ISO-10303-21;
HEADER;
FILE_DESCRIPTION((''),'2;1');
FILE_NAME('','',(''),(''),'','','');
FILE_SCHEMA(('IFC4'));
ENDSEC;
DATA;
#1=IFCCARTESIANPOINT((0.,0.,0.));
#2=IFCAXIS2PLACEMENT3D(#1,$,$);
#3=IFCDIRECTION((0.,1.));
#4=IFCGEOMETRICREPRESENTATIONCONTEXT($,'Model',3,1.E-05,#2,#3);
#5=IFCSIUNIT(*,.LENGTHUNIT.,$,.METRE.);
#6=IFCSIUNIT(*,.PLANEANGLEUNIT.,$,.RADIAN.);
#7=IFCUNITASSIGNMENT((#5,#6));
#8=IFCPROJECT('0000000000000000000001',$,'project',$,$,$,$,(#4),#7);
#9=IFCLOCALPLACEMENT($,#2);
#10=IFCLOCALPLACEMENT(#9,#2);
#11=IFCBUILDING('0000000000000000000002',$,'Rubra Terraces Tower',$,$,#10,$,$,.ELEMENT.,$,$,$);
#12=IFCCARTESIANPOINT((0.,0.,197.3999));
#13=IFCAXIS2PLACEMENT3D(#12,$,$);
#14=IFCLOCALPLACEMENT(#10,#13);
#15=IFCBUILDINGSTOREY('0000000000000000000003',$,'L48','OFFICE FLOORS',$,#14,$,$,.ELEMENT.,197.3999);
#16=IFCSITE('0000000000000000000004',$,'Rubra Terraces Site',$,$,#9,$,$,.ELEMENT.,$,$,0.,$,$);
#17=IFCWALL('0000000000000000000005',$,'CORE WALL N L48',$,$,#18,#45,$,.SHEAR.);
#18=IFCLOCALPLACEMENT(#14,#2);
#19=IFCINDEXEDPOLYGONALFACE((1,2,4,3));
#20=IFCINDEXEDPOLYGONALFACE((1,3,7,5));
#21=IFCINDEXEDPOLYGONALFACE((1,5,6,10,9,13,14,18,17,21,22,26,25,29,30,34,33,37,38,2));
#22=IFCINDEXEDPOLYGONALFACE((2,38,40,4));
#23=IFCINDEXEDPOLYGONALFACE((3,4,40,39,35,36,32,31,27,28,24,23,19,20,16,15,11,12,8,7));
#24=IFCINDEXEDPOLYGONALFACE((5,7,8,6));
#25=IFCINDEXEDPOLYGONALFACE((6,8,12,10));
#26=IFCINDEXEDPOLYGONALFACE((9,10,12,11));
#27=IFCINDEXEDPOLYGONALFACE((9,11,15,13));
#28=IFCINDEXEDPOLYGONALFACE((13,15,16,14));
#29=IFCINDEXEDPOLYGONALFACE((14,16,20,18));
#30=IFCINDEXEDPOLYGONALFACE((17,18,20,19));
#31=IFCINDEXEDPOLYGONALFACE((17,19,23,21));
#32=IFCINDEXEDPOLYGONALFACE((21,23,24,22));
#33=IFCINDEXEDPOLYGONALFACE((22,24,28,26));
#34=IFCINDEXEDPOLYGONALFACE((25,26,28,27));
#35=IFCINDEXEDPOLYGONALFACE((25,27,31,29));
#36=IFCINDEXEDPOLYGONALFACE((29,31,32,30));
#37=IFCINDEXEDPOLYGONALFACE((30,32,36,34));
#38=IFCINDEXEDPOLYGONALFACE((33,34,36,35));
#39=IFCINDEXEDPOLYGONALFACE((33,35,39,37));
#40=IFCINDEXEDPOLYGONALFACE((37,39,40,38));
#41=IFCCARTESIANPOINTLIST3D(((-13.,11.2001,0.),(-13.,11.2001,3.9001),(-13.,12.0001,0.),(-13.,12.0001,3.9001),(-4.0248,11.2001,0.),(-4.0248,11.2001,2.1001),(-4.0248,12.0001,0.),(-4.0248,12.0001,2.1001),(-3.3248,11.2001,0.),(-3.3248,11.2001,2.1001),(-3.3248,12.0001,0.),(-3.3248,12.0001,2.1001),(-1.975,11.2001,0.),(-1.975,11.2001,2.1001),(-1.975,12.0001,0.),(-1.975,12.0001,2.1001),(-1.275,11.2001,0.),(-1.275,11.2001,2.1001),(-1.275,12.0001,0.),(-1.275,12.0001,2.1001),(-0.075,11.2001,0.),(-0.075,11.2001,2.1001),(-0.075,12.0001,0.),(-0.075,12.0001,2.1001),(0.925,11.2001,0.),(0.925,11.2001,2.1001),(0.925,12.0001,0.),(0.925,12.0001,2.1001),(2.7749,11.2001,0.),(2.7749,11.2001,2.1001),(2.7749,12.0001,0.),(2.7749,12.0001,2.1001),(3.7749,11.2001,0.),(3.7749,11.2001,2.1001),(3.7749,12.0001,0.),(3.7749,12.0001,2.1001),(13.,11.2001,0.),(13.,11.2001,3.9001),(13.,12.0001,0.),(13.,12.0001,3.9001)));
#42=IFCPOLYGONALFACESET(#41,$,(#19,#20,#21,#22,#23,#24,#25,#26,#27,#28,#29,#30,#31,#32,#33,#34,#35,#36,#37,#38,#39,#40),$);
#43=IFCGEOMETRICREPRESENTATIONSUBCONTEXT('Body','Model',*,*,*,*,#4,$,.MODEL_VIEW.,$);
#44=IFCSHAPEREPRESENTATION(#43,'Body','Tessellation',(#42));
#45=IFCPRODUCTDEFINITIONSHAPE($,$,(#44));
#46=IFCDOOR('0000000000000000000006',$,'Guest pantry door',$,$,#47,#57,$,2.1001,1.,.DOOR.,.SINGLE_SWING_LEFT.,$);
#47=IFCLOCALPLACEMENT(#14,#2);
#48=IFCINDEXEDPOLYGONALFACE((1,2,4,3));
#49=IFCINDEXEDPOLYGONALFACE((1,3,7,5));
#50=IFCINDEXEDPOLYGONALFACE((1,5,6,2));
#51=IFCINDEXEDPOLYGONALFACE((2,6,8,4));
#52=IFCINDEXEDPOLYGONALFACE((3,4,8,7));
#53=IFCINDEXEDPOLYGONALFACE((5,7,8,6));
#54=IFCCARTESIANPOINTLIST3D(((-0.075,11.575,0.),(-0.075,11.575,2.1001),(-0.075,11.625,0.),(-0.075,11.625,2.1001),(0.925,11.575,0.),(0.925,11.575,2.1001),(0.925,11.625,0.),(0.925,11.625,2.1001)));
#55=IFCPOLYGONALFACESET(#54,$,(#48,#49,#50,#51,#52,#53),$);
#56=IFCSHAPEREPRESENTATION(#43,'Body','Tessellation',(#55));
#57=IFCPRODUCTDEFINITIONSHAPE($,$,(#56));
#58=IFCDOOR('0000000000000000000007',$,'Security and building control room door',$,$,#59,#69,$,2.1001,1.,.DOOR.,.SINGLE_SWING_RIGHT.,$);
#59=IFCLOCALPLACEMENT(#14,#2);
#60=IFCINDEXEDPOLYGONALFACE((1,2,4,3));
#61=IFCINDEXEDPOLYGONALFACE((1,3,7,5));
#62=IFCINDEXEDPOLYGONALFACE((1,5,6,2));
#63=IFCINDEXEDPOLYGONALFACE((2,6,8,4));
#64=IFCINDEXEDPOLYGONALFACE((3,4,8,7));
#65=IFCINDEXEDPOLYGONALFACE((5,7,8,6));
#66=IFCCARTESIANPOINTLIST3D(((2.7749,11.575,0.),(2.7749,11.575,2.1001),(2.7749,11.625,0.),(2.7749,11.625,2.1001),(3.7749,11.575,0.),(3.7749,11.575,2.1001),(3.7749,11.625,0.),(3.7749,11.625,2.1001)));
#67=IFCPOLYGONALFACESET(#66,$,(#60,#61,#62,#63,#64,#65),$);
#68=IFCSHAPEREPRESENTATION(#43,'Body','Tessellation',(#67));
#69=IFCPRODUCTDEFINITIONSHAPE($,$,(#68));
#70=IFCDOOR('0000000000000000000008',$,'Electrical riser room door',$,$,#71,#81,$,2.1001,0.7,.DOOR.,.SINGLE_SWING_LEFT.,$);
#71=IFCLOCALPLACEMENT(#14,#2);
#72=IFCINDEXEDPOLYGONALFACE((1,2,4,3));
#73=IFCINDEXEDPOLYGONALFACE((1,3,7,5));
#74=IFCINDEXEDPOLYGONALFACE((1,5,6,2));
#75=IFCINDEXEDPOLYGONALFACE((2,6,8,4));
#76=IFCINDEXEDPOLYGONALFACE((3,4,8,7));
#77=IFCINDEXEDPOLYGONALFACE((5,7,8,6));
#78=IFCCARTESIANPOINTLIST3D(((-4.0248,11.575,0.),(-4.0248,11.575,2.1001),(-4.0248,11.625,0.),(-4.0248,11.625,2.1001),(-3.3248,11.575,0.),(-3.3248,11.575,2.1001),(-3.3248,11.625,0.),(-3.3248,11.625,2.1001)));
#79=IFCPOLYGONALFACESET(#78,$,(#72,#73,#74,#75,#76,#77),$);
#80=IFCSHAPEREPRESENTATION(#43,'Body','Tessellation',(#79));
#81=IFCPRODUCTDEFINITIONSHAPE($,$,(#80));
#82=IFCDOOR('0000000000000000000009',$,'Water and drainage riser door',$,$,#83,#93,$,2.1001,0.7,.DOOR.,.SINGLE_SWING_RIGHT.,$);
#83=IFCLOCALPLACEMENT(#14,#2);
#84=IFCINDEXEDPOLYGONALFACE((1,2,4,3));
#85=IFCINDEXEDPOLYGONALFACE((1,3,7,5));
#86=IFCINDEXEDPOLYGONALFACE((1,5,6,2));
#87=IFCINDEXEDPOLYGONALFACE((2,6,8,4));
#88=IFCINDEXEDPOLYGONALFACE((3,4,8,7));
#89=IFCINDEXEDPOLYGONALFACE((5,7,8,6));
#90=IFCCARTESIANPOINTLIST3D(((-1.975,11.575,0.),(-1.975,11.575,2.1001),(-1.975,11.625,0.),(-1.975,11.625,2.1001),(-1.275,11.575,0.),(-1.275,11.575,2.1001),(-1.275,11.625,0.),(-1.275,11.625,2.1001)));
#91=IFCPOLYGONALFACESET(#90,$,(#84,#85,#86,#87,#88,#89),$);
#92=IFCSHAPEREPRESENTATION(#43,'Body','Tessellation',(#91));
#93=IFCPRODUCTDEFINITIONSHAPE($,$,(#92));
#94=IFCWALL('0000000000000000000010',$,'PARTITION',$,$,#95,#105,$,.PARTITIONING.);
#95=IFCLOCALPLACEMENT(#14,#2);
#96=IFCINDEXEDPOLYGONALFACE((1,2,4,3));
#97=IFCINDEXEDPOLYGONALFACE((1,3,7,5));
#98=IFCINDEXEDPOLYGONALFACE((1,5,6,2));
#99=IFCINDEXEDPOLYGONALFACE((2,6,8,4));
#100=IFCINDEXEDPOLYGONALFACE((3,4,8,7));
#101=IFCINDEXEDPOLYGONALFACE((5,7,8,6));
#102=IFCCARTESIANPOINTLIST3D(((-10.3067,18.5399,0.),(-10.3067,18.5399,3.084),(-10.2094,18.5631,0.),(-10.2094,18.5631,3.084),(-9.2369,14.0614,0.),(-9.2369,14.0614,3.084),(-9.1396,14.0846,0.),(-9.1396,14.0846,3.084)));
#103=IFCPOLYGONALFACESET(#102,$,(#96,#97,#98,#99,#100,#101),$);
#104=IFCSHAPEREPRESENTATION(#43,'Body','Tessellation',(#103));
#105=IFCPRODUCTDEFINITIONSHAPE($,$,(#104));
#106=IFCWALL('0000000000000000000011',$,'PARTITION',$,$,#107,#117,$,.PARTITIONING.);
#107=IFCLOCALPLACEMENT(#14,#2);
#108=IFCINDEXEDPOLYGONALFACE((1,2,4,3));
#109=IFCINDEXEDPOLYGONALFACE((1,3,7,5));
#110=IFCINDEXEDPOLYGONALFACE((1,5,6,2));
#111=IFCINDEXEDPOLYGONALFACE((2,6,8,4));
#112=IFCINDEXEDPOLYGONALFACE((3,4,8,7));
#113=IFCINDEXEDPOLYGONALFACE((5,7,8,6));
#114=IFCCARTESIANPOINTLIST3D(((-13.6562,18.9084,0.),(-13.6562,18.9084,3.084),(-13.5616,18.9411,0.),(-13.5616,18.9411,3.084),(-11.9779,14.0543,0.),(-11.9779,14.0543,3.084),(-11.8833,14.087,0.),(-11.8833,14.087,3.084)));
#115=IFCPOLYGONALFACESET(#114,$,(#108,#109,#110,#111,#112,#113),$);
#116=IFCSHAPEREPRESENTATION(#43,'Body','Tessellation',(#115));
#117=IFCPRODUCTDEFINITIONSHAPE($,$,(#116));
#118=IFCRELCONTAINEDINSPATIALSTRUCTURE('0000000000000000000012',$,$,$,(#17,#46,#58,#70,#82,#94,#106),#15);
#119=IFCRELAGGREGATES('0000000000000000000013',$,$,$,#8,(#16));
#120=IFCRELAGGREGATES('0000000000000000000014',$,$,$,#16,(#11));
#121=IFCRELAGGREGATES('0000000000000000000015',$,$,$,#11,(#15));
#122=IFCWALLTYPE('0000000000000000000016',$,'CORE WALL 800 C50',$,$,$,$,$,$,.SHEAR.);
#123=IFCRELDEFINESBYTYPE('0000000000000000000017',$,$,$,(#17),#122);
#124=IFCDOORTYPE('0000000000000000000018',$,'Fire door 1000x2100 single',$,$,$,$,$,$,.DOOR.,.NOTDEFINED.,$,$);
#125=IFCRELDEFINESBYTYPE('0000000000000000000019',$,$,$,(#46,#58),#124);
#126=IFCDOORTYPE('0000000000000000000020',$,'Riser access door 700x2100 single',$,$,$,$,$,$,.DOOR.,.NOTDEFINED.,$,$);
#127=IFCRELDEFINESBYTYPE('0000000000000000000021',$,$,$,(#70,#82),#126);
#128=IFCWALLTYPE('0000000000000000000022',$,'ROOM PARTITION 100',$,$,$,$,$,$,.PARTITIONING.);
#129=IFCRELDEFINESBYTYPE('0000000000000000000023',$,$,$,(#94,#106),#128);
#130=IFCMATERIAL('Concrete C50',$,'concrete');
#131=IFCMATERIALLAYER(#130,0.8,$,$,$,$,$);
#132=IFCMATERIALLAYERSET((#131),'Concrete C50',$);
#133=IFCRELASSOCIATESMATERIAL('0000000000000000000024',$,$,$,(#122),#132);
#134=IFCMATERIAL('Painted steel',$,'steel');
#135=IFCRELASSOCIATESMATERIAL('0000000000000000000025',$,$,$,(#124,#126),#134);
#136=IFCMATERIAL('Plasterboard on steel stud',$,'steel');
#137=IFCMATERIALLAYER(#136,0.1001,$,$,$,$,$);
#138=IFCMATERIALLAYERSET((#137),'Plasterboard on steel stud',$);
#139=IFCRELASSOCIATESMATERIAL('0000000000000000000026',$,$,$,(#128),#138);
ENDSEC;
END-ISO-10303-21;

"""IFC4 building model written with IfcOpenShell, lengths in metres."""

from ifc_helpers import new_model, si_unit, direction, frame, frame_2d, origin, place, context, subcontext, project, spatial, rectangle, extrude, material, layer, layer_set, type_object, element, fill, save


model = new_model("IFC4")

# Units and contexts
model_context = context("Model", 3, precision=1e-05, world=origin(), true_north=direction((0.0, 1.0)))
body_context = subcontext(model_context, "Body", "Model", "MODEL_VIEW")
ifc_project = project(units=[si_unit("LENGTHUNIT", "METRE"), si_unit("PLANEANGLEUNIT", "RADIAN")], contexts=[model_context])

# Site, building, storey
site_placement = place(None, origin())
site = spatial("IfcSite", under=ifc_project, at=site_placement, Name="Rubra Terraces Site", CompositionType="ELEMENT", RefElevation=0.0)
building_placement = place(site_placement, origin())
building = spatial("IfcBuilding", under=site, at=building_placement, Name="Rubra Terraces Tower", CompositionType="ELEMENT")
storey_placement = place(building_placement, frame((0.0, 0.0, 197.3999)))
storey = spatial("IfcBuildingStorey", under=building, at=storey_placement, Name="L48", Description="OFFICE FLOORS", CompositionType="ELEMENT", Elevation=197.3999)

# Shared definitions
ifc_material_1 = material(Name="Concrete C50", Category="concrete")

# Wall, openings, doors
ifc_layer_1 = layer(ifc_material_1, 0.8)
ifc_layer_set_1 = layer_set([ifc_layer_1], Name="Concrete C50")
wall_type_1 = type_object("IfcWallType", Name="CORE WALL 800 C50", PredefinedType="SHEAR", material=ifc_layer_set_1)
wall_1_placement = place(storey_placement, frame((-13.0, 11.6001, 0.0), z_axis=(0.0, 0.0, 1.0), x_axis=(1.0, 0.0, 0.0)))
wall_1 = element("IfcWall", 1, at=wall_1_placement, inside=storey, type_object=wall_type_1, Name="CORE WALL N L48", PredefinedType="SHEAR", context=body_context, shape_type="SweptSolid", body=[
    extrude(rectangle(XDim=26.0, YDim=0.8, at=frame_2d((13.0, 0.0))), origin(), (0.0, 0.0, 1.0), 3.9001),
])
opening_1_placement = place(wall_1_placement, frame((8.9751, 0.0, 0.0)))
opening_1 = element("IfcOpeningElement", 2, at=opening_1_placement, cuts=wall_1, PredefinedType="OPENING", context=body_context, shape_type="SweptSolid", body=[
    extrude(rectangle(XDim=0.7, YDim=2.1001, at=frame_2d((0.3501, 1.05))), frame((0.0, 0.4099, 0.0), z_axis=(0.0, -1.0, 0.0), x_axis=(1.0, 0.0, 0.0)), (0.0, 0.0, 1.0), 0.8201),
])
opening_2_placement = place(wall_1_placement, frame((11.0249, 0.0, 0.0)))
opening_2 = element("IfcOpeningElement", 3, at=opening_2_placement, cuts=wall_1, PredefinedType="OPENING", context=body_context, shape_type="SweptSolid", body=[
    extrude(rectangle(XDim=0.7, YDim=2.1001, at=frame_2d((0.3501, 1.05))), frame((0.0, 0.4099, 0.0), z_axis=(0.0, -1.0, 0.0), x_axis=(1.0, 0.0, 0.0)), (0.0, 0.0, 1.0), 0.8201),
])
opening_3_placement = place(wall_1_placement, frame((12.925, 0.0, 0.0)))
opening_3 = element("IfcOpeningElement", 4, at=opening_3_placement, cuts=wall_1, PredefinedType="OPENING", context=body_context, shape_type="SweptSolid", body=[
    extrude(rectangle(XDim=1.0, YDim=2.1001, at=frame_2d((0.5, 1.05))), frame((0.0, 0.4099, 0.0), z_axis=(0.0, -1.0, 0.0), x_axis=(1.0, 0.0, 0.0)), (0.0, 0.0, 1.0), 0.8201),
])
opening_4_placement = place(wall_1_placement, frame((15.7749, 0.0, 0.0)))
opening_4 = element("IfcOpeningElement", 5, at=opening_4_placement, cuts=wall_1, PredefinedType="OPENING", context=body_context, shape_type="SweptSolid", body=[
    extrude(rectangle(XDim=1.0, YDim=2.1001, at=frame_2d((0.5, 1.05))), frame((0.0, 0.4099, 0.0), z_axis=(0.0, -1.0, 0.0), x_axis=(1.0, 0.0, 0.0)), (0.0, 0.0, 1.0), 0.8201),
])
ifc_material_2 = material(Name="Painted steel", Category="steel")
door_type_1 = type_object("IfcDoorType", Name="Fire door 1000x2100 single", OperationType="NOTDEFINED", PredefinedType="DOOR", material=ifc_material_2)
door_1_placement = place(opening_3_placement, origin())
door_1 = element("IfcDoor", 6, at=door_1_placement, inside=storey, type_object=door_type_1, Name="Guest pantry door", OperationType="SINGLE_SWING_LEFT", OverallHeight=2.1001, OverallWidth=1.0, PredefinedType="DOOR", context=body_context, shape_type="SweptSolid", body=[
    extrude(rectangle(XDim=1.0, YDim=2.1001, at=frame_2d((0.5, 1.05))), frame((0.0, 0.0249, 0.0), z_axis=(0.0, -1.0, 0.0), x_axis=(1.0, 0.0, 0.0)), (0.0, 0.0, 1.0), 0.05),
])
fill(opening_3, door_1)
door_2_placement = place(opening_4_placement, origin())
door_2 = element("IfcDoor", 7, at=door_2_placement, inside=storey, type_object=door_type_1, Name="Security and building control room door", OperationType="SINGLE_SWING_RIGHT", OverallHeight=2.1001, OverallWidth=1.0, PredefinedType="DOOR", context=body_context, shape_type="SweptSolid", body=[
    extrude(rectangle(XDim=1.0, YDim=2.1001, at=frame_2d((0.5, 1.05))), frame((0.0, 0.0249, 0.0), z_axis=(0.0, -1.0, 0.0), x_axis=(1.0, 0.0, 0.0)), (0.0, 0.0, 1.0), 0.05),
])
fill(opening_4, door_2)
door_type_2 = type_object("IfcDoorType", Name="Riser access door 700x2100 single", OperationType="NOTDEFINED", PredefinedType="DOOR", material=ifc_material_2)
door_3_placement = place(opening_1_placement, origin())
door_3 = element("IfcDoor", 8, at=door_3_placement, inside=storey, type_object=door_type_2, Name="Electrical riser room door", OperationType="SINGLE_SWING_LEFT", OverallHeight=2.1001, OverallWidth=0.7, PredefinedType="DOOR", context=body_context, shape_type="SweptSolid", body=[
    extrude(rectangle(XDim=0.7, YDim=2.1001, at=frame_2d((0.3501, 1.05))), frame((0.0, 0.0249, 0.0), z_axis=(0.0, -1.0, 0.0), x_axis=(1.0, 0.0, 0.0)), (0.0, 0.0, 1.0), 0.05),
])
fill(opening_1, door_3)
door_4_placement = place(opening_2_placement, origin())
door_4 = element("IfcDoor", 9, at=door_4_placement, inside=storey, type_object=door_type_2, Name="Water and drainage riser door", OperationType="SINGLE_SWING_RIGHT", OverallHeight=2.1001, OverallWidth=0.7, PredefinedType="DOOR", context=body_context, shape_type="SweptSolid", body=[
    extrude(rectangle(XDim=0.7, YDim=2.1001, at=frame_2d((0.3501, 1.05))), frame((0.0, 0.0249, 0.0), z_axis=(0.0, -1.0, 0.0), x_axis=(1.0, 0.0, 0.0)), (0.0, 0.0, 1.0), 0.05),
])
fill(opening_2, door_4)

# Walls
ifc_material_3 = material(Name="Plasterboard on steel stud", Category="steel")
ifc_layer_2 = layer(ifc_material_3, 0.1001)
ifc_layer_set_2 = layer_set([ifc_layer_2], Name="Plasterboard on steel stud")
wall_type_2 = type_object("IfcWallType", Name="ROOM PARTITION 100", PredefinedType="PARTITIONING", material=ifc_layer_set_2)
wall_2_placement = place(storey_placement, frame((-9.1882, 14.073, 0.0), z_axis=(0.0, 0.0, 1.0), x_axis=(-0.232342, 0.972634, 0.0)))
element("IfcWall", 10, at=wall_2_placement, inside=storey, type_object=wall_type_2, Name="PARTITION", PredefinedType="PARTITIONING", context=body_context, shape_type="SweptSolid", body=[
    extrude(rectangle(XDim=4.6045, YDim=0.1001, at=frame_2d((2.3022, 0.0))), origin(), (0.0, 0.0, 1.0), 3.084),
])
wall_3_placement = place(storey_placement, frame((-11.9307, 14.0708, 0.0), z_axis=(0.0, 0.0, 1.0), x_axis=(-0.326761, 0.945107, 0.0)))
element("IfcWall", 11, at=wall_3_placement, inside=storey, type_object=wall_type_2, Name="PARTITION", PredefinedType="PARTITIONING", context=body_context, shape_type="SweptSolid", body=[
    extrude(rectangle(XDim=5.136, YDim=0.1001, at=frame_2d((2.5679, 0.0))), origin(), (0.0, 0.0, 1.0), 3.084),
])

save(model, "model.ifc")
